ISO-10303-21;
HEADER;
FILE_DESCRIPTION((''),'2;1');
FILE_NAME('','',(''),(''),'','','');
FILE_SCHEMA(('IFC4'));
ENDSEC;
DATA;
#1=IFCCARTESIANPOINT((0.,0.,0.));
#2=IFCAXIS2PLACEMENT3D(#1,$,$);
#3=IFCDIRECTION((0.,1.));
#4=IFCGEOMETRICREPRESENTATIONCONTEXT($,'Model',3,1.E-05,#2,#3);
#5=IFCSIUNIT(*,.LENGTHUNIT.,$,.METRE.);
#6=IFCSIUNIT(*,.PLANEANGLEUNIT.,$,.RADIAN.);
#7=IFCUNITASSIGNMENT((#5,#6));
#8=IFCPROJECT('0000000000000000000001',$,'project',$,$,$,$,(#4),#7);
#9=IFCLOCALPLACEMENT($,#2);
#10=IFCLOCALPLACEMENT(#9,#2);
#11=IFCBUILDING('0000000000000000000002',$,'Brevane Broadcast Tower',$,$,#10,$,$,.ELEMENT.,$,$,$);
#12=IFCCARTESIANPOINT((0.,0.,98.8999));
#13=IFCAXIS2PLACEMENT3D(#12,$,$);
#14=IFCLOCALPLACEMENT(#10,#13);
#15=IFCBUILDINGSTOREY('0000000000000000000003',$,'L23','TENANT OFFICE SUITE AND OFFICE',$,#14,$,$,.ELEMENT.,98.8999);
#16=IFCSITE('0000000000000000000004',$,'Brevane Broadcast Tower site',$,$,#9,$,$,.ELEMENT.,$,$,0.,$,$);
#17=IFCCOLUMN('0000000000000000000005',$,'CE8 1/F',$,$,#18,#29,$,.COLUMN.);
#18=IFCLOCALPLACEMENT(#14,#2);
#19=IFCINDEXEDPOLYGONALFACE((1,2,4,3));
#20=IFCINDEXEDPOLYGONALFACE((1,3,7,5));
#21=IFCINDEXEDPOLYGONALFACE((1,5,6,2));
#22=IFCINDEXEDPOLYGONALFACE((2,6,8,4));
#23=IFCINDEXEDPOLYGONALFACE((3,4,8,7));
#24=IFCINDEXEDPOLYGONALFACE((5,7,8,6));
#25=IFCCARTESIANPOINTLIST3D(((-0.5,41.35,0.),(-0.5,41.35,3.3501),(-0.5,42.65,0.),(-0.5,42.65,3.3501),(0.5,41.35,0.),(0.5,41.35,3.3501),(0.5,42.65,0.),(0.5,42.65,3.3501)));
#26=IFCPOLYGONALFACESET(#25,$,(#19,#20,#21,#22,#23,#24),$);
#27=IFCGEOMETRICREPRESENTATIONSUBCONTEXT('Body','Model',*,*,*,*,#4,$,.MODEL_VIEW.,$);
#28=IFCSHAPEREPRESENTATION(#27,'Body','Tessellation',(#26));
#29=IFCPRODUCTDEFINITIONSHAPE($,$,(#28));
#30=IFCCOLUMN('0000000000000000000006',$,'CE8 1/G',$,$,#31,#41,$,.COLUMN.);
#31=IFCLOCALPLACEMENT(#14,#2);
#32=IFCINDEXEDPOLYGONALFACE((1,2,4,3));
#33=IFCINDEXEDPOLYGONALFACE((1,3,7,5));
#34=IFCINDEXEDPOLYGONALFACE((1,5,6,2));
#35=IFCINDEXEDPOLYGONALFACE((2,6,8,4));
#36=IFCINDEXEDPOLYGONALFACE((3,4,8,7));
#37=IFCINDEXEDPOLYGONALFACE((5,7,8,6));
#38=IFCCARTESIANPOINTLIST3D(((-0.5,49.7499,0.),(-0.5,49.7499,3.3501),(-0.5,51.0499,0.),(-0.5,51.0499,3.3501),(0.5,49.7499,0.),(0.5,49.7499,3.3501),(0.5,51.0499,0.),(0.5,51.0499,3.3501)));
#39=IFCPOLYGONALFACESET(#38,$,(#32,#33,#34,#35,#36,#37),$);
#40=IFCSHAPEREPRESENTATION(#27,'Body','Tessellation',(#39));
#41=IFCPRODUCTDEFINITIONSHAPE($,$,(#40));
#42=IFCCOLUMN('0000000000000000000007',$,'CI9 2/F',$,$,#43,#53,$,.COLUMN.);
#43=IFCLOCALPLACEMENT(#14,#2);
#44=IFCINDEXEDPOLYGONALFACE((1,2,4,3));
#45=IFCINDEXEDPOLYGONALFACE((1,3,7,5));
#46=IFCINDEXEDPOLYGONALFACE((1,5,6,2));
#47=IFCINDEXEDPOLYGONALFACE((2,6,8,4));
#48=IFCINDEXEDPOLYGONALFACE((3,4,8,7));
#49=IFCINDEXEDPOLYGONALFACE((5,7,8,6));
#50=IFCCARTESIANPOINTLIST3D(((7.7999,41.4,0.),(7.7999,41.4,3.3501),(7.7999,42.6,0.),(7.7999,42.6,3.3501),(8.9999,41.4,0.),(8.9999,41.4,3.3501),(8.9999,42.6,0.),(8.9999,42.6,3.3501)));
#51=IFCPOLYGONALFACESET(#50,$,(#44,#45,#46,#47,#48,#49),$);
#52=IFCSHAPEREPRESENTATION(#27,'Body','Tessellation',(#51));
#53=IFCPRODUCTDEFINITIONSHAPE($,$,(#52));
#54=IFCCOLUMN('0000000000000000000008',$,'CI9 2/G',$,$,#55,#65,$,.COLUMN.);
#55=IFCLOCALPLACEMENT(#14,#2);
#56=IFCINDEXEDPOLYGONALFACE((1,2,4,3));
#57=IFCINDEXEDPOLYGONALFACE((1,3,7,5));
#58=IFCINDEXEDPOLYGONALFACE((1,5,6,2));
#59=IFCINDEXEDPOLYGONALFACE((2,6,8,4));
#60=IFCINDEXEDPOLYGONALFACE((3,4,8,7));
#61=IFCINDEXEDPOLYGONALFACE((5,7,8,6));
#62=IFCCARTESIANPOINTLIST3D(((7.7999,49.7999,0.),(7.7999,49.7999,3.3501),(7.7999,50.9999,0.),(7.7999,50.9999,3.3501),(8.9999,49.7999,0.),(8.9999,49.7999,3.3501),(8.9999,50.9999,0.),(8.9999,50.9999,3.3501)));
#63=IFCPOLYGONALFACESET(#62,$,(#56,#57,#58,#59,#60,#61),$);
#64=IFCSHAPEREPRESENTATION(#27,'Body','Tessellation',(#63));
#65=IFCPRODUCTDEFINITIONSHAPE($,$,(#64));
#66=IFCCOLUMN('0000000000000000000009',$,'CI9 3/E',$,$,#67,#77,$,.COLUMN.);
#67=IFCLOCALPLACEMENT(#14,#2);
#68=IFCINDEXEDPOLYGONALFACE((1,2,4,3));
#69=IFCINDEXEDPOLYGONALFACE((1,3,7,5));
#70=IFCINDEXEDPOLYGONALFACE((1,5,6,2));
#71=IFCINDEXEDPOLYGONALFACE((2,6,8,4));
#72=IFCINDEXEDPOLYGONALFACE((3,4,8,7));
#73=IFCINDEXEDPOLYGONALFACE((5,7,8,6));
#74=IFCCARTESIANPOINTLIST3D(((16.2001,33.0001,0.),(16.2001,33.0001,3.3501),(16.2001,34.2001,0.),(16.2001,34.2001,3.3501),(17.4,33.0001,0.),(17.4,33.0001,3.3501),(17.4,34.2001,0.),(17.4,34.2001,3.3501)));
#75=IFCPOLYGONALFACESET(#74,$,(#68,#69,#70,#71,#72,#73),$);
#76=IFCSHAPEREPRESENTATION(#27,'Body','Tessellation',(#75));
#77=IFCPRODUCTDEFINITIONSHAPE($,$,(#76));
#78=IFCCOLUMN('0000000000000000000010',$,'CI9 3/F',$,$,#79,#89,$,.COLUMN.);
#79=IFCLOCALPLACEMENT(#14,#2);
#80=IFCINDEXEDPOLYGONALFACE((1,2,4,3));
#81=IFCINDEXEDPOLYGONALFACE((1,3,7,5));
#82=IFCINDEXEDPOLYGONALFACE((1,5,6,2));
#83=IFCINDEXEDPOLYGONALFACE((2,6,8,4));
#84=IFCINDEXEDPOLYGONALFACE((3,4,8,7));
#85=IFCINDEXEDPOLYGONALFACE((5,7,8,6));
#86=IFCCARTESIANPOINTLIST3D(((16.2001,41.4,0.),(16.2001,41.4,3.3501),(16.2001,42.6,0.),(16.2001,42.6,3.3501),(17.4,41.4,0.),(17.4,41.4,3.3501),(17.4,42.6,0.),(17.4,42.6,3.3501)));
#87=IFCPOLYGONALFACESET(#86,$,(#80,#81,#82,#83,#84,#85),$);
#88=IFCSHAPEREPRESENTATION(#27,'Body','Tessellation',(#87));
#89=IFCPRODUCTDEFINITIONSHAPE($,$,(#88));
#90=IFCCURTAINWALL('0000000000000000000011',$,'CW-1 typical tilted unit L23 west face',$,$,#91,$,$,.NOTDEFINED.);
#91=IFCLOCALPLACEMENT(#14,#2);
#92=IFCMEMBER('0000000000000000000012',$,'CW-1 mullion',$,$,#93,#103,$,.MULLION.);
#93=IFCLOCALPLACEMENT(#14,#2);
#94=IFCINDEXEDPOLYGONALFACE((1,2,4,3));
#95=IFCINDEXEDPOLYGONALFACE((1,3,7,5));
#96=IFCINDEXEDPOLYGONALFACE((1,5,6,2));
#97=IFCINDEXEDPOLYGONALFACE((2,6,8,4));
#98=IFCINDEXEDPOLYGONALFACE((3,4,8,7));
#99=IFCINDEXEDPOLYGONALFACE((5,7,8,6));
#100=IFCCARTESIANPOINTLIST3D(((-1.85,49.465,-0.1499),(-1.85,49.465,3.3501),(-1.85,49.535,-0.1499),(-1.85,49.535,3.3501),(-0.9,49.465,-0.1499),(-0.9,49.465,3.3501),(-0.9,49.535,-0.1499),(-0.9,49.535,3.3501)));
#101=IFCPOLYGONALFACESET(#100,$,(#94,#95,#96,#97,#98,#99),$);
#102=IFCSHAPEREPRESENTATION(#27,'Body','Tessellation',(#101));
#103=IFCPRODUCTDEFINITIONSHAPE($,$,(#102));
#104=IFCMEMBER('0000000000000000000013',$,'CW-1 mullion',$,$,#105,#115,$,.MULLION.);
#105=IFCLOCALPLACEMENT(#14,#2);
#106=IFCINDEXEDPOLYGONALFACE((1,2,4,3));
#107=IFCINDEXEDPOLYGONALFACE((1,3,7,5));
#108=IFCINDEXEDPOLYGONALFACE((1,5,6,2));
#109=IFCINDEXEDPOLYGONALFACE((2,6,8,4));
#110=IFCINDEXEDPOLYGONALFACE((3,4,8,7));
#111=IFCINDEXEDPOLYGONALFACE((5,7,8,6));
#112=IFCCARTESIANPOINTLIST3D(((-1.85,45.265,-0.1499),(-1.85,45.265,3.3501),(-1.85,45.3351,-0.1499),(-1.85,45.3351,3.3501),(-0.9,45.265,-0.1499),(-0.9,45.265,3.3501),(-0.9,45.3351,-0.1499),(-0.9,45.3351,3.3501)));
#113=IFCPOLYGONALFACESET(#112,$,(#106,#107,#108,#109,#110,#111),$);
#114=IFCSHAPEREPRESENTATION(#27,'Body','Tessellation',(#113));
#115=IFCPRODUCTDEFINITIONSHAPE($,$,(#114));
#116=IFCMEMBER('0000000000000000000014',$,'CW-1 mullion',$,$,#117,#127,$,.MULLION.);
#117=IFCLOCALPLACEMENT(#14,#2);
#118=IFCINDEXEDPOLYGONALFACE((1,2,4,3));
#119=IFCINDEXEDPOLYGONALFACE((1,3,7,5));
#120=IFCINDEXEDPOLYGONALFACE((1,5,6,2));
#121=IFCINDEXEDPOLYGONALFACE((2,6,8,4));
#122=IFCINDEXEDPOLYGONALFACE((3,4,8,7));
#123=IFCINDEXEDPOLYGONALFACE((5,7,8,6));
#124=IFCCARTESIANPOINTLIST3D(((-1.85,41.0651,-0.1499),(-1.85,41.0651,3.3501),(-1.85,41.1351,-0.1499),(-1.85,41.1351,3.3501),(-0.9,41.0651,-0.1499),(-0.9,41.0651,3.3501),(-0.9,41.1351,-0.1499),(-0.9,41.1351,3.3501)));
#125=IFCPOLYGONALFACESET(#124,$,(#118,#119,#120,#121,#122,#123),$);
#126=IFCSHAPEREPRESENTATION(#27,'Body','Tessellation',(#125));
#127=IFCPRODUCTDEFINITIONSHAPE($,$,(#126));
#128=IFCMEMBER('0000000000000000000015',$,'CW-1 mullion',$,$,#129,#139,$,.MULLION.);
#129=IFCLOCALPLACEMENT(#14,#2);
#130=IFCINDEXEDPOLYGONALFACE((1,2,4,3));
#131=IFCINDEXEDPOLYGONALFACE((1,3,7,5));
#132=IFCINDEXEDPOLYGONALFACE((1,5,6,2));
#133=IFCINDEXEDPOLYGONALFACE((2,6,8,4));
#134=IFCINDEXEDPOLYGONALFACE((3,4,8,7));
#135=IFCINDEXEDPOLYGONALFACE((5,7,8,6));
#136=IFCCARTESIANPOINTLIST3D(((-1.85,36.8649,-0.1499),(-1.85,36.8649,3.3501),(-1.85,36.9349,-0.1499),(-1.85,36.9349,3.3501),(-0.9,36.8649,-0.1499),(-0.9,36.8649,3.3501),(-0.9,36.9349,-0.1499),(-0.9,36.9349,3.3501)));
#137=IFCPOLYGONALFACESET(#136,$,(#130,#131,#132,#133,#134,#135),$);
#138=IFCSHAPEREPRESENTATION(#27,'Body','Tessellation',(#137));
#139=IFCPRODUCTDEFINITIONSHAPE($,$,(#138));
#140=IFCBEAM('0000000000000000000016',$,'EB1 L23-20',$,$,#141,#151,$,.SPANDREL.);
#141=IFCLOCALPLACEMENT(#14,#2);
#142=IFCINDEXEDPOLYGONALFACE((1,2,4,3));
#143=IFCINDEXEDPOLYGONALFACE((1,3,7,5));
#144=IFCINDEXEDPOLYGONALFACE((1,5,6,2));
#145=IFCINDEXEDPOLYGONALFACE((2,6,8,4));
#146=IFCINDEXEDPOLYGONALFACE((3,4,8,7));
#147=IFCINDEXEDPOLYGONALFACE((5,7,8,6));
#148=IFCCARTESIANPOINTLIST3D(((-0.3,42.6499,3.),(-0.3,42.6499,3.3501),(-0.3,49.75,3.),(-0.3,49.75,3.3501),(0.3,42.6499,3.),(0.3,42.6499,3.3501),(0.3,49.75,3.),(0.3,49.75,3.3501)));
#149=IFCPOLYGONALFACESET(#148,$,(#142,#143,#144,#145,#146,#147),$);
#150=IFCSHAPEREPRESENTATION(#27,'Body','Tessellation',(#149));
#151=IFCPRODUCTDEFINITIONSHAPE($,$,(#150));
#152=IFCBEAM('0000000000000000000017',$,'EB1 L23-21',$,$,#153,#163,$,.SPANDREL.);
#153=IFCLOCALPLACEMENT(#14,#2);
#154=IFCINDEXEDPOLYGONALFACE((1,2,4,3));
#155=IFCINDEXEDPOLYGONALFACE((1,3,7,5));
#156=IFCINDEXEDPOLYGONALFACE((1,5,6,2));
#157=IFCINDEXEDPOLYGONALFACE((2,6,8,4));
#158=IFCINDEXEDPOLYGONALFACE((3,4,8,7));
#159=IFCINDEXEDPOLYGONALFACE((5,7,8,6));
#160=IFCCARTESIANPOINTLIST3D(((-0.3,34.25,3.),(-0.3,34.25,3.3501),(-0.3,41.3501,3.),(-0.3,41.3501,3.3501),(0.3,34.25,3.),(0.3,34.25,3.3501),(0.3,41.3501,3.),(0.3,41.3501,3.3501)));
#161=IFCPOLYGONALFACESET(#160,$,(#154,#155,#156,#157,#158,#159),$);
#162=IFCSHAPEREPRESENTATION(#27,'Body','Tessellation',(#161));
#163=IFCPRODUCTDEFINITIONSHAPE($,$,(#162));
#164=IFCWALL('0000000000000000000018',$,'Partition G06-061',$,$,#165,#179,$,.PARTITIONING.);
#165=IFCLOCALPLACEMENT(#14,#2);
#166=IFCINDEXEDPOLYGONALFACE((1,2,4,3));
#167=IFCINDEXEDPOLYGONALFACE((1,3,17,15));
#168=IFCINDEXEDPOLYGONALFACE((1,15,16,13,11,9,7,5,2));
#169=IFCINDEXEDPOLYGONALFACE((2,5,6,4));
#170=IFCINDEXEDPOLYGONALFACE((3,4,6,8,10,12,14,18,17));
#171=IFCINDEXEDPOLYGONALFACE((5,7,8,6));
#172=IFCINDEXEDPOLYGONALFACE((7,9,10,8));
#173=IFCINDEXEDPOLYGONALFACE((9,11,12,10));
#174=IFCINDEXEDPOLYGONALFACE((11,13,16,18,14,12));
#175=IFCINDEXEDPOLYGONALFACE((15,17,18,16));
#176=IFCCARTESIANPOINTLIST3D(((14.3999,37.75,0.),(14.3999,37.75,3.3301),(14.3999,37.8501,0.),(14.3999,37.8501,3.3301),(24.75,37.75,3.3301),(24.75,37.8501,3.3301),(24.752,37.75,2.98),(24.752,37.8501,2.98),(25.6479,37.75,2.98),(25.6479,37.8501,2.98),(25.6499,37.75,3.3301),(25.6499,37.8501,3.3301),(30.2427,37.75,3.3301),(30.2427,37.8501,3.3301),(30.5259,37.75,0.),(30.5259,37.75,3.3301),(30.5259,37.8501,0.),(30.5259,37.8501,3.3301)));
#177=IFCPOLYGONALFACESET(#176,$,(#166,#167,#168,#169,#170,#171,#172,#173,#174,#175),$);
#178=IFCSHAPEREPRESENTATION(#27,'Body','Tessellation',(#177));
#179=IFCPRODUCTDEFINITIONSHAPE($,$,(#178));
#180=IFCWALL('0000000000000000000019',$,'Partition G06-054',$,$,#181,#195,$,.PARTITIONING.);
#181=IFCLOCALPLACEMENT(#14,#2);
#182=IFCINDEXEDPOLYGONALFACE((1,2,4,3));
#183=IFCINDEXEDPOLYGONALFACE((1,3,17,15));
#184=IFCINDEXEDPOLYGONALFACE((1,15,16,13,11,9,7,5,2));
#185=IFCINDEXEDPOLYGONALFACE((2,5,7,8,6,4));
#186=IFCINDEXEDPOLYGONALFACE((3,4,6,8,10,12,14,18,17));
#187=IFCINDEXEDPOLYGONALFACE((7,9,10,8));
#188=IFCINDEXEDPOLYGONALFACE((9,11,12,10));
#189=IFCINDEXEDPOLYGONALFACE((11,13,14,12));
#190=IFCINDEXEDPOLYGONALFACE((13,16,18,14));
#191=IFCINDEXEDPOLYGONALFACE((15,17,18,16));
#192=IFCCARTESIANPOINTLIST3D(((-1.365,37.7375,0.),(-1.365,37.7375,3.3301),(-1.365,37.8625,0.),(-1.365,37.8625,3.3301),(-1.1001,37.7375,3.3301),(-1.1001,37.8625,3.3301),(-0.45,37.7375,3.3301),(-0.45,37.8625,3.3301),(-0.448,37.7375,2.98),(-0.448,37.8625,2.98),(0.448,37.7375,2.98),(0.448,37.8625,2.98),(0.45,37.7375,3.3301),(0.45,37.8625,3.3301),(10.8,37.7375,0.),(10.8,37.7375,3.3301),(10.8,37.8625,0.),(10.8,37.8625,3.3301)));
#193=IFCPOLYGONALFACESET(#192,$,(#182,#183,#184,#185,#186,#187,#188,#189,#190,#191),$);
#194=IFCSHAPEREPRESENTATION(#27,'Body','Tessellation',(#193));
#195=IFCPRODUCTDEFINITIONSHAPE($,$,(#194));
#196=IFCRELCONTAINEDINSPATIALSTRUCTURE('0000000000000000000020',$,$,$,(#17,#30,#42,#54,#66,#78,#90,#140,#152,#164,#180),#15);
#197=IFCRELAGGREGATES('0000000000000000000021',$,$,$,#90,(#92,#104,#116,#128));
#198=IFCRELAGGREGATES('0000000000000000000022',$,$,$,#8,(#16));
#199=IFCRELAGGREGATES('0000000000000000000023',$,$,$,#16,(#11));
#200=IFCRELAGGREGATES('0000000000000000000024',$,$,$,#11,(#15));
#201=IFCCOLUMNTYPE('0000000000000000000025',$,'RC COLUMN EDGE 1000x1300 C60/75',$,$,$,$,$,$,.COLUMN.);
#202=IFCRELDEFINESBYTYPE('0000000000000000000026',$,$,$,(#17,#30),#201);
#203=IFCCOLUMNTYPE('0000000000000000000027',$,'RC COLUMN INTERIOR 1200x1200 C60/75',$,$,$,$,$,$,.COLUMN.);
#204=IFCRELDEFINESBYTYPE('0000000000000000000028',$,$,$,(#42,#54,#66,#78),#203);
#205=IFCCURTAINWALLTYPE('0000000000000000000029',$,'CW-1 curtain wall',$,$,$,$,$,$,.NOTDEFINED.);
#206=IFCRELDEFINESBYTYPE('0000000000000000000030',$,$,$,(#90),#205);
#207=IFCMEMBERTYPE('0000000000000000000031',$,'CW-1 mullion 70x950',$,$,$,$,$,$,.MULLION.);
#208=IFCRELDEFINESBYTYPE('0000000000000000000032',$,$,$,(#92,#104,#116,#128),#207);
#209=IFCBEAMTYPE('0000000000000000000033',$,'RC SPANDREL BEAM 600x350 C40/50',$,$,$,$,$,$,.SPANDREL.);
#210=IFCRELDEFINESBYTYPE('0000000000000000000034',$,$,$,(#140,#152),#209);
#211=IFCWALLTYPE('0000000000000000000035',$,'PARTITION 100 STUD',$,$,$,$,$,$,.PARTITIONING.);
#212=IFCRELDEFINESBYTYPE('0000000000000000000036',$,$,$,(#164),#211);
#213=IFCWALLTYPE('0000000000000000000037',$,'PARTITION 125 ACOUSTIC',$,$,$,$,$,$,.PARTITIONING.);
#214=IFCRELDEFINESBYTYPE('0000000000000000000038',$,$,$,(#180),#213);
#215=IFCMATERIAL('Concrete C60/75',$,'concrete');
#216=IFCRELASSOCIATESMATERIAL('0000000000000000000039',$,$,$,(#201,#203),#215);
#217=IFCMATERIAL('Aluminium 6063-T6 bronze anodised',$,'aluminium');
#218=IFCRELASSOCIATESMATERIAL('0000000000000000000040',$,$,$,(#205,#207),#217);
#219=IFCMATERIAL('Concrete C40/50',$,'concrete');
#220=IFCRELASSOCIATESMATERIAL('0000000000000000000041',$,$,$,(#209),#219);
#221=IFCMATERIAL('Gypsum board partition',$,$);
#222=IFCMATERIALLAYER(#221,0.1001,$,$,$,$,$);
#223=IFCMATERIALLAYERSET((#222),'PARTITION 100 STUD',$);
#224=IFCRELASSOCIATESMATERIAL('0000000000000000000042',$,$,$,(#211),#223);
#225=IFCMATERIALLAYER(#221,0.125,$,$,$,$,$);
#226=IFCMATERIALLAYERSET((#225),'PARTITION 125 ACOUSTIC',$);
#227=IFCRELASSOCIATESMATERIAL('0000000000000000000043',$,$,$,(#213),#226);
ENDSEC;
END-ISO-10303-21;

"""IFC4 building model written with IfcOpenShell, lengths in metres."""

from ifc_helpers import new_model, si_unit, direction, frame, origin, origin_2d, place, context, subcontext, project, spatial, polyline, rectangle, outline, extrude, material, layer, layer_set, material_profile, profile_set, type_object, element, aggregate, save


model = new_model("IFC4")

# Units and contexts
model_context = context("Model", 3, precision=1e-05, world=origin(), true_north=direction((0.0, 1.0)))
body_context = subcontext(model_context, "Body", "Model", "MODEL_VIEW")
ifc_project = project(units=[si_unit("LENGTHUNIT", "METRE"), si_unit("PLANEANGLEUNIT", "RADIAN")], contexts=[model_context])

# Site, building, storey
site_placement = place(None, origin())
site = spatial("IfcSite", under=ifc_project, at=site_placement, Name="Brevane Broadcast Tower site", CompositionType="ELEMENT", RefElevation=0.0)
building_placement = place(site_placement, origin())
building = spatial("IfcBuilding", under=site, at=building_placement, Name="Brevane Broadcast Tower", CompositionType="ELEMENT")
storey_placement = place(building_placement, frame((0.0, 0.0, 98.8999)))
storey = spatial("IfcBuildingStorey", under=building, at=storey_placement, Name="L23", Description="TENANT OFFICE SUITE AND OFFICE", CompositionType="ELEMENT", Elevation=98.8999)

# Columns
ifc_material_1 = material(Name="Concrete C60/75", Category="concrete")
ifc_material_profile_1 = material_profile(ifc_material_1, rectangle(XDim=1.0, YDim=1.3, at=origin_2d()), Name="RC 1000x1300")
ifc_profile_set_1 = profile_set([ifc_material_profile_1], Name="Concrete C60/75")
column_type_1 = type_object("IfcColumnType", Name="RC COLUMN EDGE 1000x1300 C60/75", PredefinedType="COLUMN", material=ifc_profile_set_1)
for number, where, z_axis, x_axis, name in (
    (1, (0.0, 42.0, 0.0), (0.0, 0.0, 1.0), (1.0, 0.0, 0.0), "CE8 1/F"),
    (2, (0.0, 50.3999, 0.0), (0.0, 0.0, 1.0), (1.0, 0.0, 0.0), "CE8 1/G"),
):
    element("IfcColumn", number, at=place(storey_placement, frame(where, z_axis=z_axis, x_axis=x_axis)), inside=storey, type_object=column_type_1, Name=name, PredefinedType="COLUMN", context=body_context, shape_type="SweptSolid", body=[
        extrude(rectangle(XDim=1.0, YDim=1.3, at=origin_2d()), origin(), (0.0, 0.0, 1.0), 3.3501),
    ])
ifc_material_profile_2 = material_profile(ifc_material_1, rectangle(XDim=1.2, YDim=1.2, at=origin_2d()), Name="RC 1200x1200")
ifc_profile_set_2 = profile_set([ifc_material_profile_2], Name="Concrete C60/75")
column_type_2 = type_object("IfcColumnType", Name="RC COLUMN INTERIOR 1200x1200 C60/75", PredefinedType="COLUMN", material=ifc_profile_set_2)
for number, where, z_axis, x_axis, name in (
    (3, (8.3999, 42.0, 0.0), (0.0, 0.0, 1.0), (1.0, 0.0, 0.0), "CI9 2/F"),
    (4, (8.3999, 50.3999, 0.0), (0.0, 0.0, 1.0), (1.0, 0.0, 0.0), "CI9 2/G"),
    (5, (16.8, 33.6001, 0.0), (0.0, 0.0, 1.0), (1.0, 0.0, 0.0), "CI9 3/E"),
    (6, (16.8, 42.0, 0.0), (0.0, 0.0, 1.0), (1.0, 0.0, 0.0), "CI9 3/F"),
):
    element("IfcColumn", number, at=place(storey_placement, frame(where, z_axis=z_axis, x_axis=x_axis)), inside=storey, type_object=column_type_2, Name=name, PredefinedType="COLUMN", context=body_context, shape_type="SweptSolid", body=[
        extrude(rectangle(XDim=1.2, YDim=1.2, at=origin_2d()), origin(), (0.0, 0.0, 1.0), 3.3501),
    ])

# Curtain wall, members
ifc_material_2 = material(Name="Aluminium 6063-T6 bronze anodised", Category="aluminium")
curtain_wall_type = type_object("IfcCurtainWallType", Name="CW-1 curtain wall", PredefinedType="NOTDEFINED", material=ifc_material_2)
curtain_wall_placement = place(storey_placement, origin())
curtain_wall = element("IfcCurtainWall", 7, at=curtain_wall_placement, inside=storey, type_object=curtain_wall_type, Name="CW-1 typical tilted unit L23 west face", PredefinedType="NOTDEFINED")
ifc_material_profile_3 = material_profile(ifc_material_2, rectangle(XDim=0.95, YDim=0.0701, at=origin_2d()), Name="RECT 70x950")
ifc_profile_set_3 = profile_set([ifc_material_profile_3], Name="Aluminium 6063-T6 bronze anodised")
member_type = type_object("IfcMemberType", Name="CW-1 mullion 70x950", PredefinedType="MULLION", material=ifc_profile_set_3)
member_1_placement = place(storey_placement, frame((-1.375, 49.5, -0.1499), z_axis=(0.0, 0.0, 1.0), x_axis=(1.0, 0.0, 0.0)))
member_1 = element("IfcMember", 8, at=member_1_placement, type_object=member_type, Name="CW-1 mullion", PredefinedType="MULLION", context=body_context, shape_type="SweptSolid", body=[
    extrude(rectangle(XDim=0.95, YDim=0.0701, at=origin_2d()), origin(), (0.0, 0.0, 1.0), 3.5),
])
member_2_placement = place(storey_placement, frame((-1.375, 45.3, -0.1499), z_axis=(0.0, 0.0, 1.0), x_axis=(1.0, 0.0, 0.0)))
member_2 = element("IfcMember", 9, at=member_2_placement, type_object=member_type, Name="CW-1 mullion", PredefinedType="MULLION", context=body_context, shape_type="SweptSolid", body=[
    extrude(rectangle(XDim=0.95, YDim=0.0701, at=origin_2d()), origin(), (0.0, 0.0, 1.0), 3.5),
])
member_3_placement = place(storey_placement, frame((-1.375, 41.1001, -0.1499), z_axis=(0.0, 0.0, 1.0), x_axis=(1.0, 0.0, 0.0)))
member_3 = element("IfcMember", 10, at=member_3_placement, type_object=member_type, Name="CW-1 mullion", PredefinedType="MULLION", context=body_context, shape_type="SweptSolid", body=[
    extrude(rectangle(XDim=0.95, YDim=0.0701, at=origin_2d()), origin(), (0.0, 0.0, 1.0), 3.5),
])
member_4_placement = place(storey_placement, frame((-1.375, 36.8999, -0.1499), z_axis=(0.0, 0.0, 1.0), x_axis=(1.0, 0.0, 0.0)))
member_4 = element("IfcMember", 11, at=member_4_placement, type_object=member_type, Name="CW-1 mullion", PredefinedType="MULLION", context=body_context, shape_type="SweptSolid", body=[
    extrude(rectangle(XDim=0.95, YDim=0.0701, at=origin_2d()), origin(), (0.0, 0.0, 1.0), 3.5),
])
aggregate(curtain_wall, [member_1, member_2, member_3, member_4])

# Beams
ifc_material_3 = material(Name="Concrete C40/50", Category="concrete")
ifc_material_profile_4 = material_profile(ifc_material_3, rectangle(XDim=0.6001, YDim=0.3501, at=origin_2d()), Name="RC 600x350")
ifc_profile_set_4 = profile_set([ifc_material_profile_4], Name="Concrete C40/50")
beam_type = type_object("IfcBeamType", Name="RC SPANDREL BEAM 600x350 C40/50", PredefinedType="SPANDREL", material=ifc_profile_set_4)
for number, where, z_axis, x_axis, name in (
    (12, (0.0, 49.75, 3.175), (0.0, -1.0, 0.0), (1.0, 0.0, 0.0), "EB1 L23-20"),
    (13, (0.0, 41.3501, 3.175), (0.0, -1.0, 0.0), (1.0, 0.0, 0.0), "EB1 L23-21"),
):
    element("IfcBeam", number, at=place(storey_placement, frame(where, z_axis=z_axis, x_axis=x_axis)), inside=storey, type_object=beam_type, Name=name, PredefinedType="SPANDREL", context=body_context, shape_type="SweptSolid", body=[
        extrude(rectangle(XDim=0.6001, YDim=0.3501, at=origin_2d()), origin(), (0.0, 0.0, 1.0), 7.1001),
    ])

# Walls
ifc_material_4 = material(Name="Gypsum board partition")
ifc_layer_1 = layer(ifc_material_4, 0.1001)
ifc_layer_set_1 = layer_set([ifc_layer_1], Name="PARTITION 100 STUD")
wall_type_1 = type_object("IfcWallType", Name="PARTITION 100 STUD", PredefinedType="PARTITIONING", material=ifc_layer_set_1)
wall_1_placement = place(storey_placement, frame((14.3999, 37.8, 0.0), z_axis=(0.0, 0.0, 1.0), x_axis=(1.0, 0.0, 0.0)))
element("IfcWall", 14, at=wall_1_placement, inside=storey, type_object=wall_type_1, Name="Partition G06-061", PredefinedType="PARTITIONING", context=body_context, shape_type="SweptSolid", body=[
    extrude(outline(polyline([(0.0, 0.0), (16.126, 0.0), (16.126, 3.3301), (15.8428, 3.3301), (11.25, 3.3301), (11.248, 2.98), (10.3521, 2.98), (10.3501, 3.3301), (0.0, 3.3301), (0.0, 0.0)])), frame((0.0, 0.05, 0.0), z_axis=(0.0, -1.0, 0.0), x_axis=(1.0, 0.0, 0.0)), (0.0, 0.0, 1.0), 0.1001),
])
ifc_layer_2 = layer(ifc_material_4, 0.125)
ifc_layer_set_2 = layer_set([ifc_layer_2], Name="PARTITION 125 ACOUSTIC")
wall_type_2 = type_object("IfcWallType", Name="PARTITION 125 ACOUSTIC", PredefinedType="PARTITIONING", material=ifc_layer_set_2)
wall_2_placement = place(storey_placement, frame((-1.365, 37.8, 0.0), z_axis=(0.0, 0.0, 1.0), x_axis=(1.0, 0.0, 0.0)))
element("IfcWall", 15, at=wall_2_placement, inside=storey, type_object=wall_type_2, Name="Partition G06-054", PredefinedType="PARTITIONING", context=body_context, shape_type="SweptSolid", body=[
    extrude(outline(polyline([(0.0, 0.0), (12.165, 0.0), (12.165, 3.3301), (1.8149, 3.3301), (1.813, 2.98), (0.917, 2.98), (0.915, 3.3301), (0.2649, 3.3301), (0.0, 3.3301), (0.0, 0.0)])), frame((0.0, 0.0625, 0.0), z_axis=(0.0, -1.0, 0.0), x_axis=(1.0, 0.0, 0.0)), (0.0, 0.0, 1.0), 0.125),
])

save(model, "model.ifc")
